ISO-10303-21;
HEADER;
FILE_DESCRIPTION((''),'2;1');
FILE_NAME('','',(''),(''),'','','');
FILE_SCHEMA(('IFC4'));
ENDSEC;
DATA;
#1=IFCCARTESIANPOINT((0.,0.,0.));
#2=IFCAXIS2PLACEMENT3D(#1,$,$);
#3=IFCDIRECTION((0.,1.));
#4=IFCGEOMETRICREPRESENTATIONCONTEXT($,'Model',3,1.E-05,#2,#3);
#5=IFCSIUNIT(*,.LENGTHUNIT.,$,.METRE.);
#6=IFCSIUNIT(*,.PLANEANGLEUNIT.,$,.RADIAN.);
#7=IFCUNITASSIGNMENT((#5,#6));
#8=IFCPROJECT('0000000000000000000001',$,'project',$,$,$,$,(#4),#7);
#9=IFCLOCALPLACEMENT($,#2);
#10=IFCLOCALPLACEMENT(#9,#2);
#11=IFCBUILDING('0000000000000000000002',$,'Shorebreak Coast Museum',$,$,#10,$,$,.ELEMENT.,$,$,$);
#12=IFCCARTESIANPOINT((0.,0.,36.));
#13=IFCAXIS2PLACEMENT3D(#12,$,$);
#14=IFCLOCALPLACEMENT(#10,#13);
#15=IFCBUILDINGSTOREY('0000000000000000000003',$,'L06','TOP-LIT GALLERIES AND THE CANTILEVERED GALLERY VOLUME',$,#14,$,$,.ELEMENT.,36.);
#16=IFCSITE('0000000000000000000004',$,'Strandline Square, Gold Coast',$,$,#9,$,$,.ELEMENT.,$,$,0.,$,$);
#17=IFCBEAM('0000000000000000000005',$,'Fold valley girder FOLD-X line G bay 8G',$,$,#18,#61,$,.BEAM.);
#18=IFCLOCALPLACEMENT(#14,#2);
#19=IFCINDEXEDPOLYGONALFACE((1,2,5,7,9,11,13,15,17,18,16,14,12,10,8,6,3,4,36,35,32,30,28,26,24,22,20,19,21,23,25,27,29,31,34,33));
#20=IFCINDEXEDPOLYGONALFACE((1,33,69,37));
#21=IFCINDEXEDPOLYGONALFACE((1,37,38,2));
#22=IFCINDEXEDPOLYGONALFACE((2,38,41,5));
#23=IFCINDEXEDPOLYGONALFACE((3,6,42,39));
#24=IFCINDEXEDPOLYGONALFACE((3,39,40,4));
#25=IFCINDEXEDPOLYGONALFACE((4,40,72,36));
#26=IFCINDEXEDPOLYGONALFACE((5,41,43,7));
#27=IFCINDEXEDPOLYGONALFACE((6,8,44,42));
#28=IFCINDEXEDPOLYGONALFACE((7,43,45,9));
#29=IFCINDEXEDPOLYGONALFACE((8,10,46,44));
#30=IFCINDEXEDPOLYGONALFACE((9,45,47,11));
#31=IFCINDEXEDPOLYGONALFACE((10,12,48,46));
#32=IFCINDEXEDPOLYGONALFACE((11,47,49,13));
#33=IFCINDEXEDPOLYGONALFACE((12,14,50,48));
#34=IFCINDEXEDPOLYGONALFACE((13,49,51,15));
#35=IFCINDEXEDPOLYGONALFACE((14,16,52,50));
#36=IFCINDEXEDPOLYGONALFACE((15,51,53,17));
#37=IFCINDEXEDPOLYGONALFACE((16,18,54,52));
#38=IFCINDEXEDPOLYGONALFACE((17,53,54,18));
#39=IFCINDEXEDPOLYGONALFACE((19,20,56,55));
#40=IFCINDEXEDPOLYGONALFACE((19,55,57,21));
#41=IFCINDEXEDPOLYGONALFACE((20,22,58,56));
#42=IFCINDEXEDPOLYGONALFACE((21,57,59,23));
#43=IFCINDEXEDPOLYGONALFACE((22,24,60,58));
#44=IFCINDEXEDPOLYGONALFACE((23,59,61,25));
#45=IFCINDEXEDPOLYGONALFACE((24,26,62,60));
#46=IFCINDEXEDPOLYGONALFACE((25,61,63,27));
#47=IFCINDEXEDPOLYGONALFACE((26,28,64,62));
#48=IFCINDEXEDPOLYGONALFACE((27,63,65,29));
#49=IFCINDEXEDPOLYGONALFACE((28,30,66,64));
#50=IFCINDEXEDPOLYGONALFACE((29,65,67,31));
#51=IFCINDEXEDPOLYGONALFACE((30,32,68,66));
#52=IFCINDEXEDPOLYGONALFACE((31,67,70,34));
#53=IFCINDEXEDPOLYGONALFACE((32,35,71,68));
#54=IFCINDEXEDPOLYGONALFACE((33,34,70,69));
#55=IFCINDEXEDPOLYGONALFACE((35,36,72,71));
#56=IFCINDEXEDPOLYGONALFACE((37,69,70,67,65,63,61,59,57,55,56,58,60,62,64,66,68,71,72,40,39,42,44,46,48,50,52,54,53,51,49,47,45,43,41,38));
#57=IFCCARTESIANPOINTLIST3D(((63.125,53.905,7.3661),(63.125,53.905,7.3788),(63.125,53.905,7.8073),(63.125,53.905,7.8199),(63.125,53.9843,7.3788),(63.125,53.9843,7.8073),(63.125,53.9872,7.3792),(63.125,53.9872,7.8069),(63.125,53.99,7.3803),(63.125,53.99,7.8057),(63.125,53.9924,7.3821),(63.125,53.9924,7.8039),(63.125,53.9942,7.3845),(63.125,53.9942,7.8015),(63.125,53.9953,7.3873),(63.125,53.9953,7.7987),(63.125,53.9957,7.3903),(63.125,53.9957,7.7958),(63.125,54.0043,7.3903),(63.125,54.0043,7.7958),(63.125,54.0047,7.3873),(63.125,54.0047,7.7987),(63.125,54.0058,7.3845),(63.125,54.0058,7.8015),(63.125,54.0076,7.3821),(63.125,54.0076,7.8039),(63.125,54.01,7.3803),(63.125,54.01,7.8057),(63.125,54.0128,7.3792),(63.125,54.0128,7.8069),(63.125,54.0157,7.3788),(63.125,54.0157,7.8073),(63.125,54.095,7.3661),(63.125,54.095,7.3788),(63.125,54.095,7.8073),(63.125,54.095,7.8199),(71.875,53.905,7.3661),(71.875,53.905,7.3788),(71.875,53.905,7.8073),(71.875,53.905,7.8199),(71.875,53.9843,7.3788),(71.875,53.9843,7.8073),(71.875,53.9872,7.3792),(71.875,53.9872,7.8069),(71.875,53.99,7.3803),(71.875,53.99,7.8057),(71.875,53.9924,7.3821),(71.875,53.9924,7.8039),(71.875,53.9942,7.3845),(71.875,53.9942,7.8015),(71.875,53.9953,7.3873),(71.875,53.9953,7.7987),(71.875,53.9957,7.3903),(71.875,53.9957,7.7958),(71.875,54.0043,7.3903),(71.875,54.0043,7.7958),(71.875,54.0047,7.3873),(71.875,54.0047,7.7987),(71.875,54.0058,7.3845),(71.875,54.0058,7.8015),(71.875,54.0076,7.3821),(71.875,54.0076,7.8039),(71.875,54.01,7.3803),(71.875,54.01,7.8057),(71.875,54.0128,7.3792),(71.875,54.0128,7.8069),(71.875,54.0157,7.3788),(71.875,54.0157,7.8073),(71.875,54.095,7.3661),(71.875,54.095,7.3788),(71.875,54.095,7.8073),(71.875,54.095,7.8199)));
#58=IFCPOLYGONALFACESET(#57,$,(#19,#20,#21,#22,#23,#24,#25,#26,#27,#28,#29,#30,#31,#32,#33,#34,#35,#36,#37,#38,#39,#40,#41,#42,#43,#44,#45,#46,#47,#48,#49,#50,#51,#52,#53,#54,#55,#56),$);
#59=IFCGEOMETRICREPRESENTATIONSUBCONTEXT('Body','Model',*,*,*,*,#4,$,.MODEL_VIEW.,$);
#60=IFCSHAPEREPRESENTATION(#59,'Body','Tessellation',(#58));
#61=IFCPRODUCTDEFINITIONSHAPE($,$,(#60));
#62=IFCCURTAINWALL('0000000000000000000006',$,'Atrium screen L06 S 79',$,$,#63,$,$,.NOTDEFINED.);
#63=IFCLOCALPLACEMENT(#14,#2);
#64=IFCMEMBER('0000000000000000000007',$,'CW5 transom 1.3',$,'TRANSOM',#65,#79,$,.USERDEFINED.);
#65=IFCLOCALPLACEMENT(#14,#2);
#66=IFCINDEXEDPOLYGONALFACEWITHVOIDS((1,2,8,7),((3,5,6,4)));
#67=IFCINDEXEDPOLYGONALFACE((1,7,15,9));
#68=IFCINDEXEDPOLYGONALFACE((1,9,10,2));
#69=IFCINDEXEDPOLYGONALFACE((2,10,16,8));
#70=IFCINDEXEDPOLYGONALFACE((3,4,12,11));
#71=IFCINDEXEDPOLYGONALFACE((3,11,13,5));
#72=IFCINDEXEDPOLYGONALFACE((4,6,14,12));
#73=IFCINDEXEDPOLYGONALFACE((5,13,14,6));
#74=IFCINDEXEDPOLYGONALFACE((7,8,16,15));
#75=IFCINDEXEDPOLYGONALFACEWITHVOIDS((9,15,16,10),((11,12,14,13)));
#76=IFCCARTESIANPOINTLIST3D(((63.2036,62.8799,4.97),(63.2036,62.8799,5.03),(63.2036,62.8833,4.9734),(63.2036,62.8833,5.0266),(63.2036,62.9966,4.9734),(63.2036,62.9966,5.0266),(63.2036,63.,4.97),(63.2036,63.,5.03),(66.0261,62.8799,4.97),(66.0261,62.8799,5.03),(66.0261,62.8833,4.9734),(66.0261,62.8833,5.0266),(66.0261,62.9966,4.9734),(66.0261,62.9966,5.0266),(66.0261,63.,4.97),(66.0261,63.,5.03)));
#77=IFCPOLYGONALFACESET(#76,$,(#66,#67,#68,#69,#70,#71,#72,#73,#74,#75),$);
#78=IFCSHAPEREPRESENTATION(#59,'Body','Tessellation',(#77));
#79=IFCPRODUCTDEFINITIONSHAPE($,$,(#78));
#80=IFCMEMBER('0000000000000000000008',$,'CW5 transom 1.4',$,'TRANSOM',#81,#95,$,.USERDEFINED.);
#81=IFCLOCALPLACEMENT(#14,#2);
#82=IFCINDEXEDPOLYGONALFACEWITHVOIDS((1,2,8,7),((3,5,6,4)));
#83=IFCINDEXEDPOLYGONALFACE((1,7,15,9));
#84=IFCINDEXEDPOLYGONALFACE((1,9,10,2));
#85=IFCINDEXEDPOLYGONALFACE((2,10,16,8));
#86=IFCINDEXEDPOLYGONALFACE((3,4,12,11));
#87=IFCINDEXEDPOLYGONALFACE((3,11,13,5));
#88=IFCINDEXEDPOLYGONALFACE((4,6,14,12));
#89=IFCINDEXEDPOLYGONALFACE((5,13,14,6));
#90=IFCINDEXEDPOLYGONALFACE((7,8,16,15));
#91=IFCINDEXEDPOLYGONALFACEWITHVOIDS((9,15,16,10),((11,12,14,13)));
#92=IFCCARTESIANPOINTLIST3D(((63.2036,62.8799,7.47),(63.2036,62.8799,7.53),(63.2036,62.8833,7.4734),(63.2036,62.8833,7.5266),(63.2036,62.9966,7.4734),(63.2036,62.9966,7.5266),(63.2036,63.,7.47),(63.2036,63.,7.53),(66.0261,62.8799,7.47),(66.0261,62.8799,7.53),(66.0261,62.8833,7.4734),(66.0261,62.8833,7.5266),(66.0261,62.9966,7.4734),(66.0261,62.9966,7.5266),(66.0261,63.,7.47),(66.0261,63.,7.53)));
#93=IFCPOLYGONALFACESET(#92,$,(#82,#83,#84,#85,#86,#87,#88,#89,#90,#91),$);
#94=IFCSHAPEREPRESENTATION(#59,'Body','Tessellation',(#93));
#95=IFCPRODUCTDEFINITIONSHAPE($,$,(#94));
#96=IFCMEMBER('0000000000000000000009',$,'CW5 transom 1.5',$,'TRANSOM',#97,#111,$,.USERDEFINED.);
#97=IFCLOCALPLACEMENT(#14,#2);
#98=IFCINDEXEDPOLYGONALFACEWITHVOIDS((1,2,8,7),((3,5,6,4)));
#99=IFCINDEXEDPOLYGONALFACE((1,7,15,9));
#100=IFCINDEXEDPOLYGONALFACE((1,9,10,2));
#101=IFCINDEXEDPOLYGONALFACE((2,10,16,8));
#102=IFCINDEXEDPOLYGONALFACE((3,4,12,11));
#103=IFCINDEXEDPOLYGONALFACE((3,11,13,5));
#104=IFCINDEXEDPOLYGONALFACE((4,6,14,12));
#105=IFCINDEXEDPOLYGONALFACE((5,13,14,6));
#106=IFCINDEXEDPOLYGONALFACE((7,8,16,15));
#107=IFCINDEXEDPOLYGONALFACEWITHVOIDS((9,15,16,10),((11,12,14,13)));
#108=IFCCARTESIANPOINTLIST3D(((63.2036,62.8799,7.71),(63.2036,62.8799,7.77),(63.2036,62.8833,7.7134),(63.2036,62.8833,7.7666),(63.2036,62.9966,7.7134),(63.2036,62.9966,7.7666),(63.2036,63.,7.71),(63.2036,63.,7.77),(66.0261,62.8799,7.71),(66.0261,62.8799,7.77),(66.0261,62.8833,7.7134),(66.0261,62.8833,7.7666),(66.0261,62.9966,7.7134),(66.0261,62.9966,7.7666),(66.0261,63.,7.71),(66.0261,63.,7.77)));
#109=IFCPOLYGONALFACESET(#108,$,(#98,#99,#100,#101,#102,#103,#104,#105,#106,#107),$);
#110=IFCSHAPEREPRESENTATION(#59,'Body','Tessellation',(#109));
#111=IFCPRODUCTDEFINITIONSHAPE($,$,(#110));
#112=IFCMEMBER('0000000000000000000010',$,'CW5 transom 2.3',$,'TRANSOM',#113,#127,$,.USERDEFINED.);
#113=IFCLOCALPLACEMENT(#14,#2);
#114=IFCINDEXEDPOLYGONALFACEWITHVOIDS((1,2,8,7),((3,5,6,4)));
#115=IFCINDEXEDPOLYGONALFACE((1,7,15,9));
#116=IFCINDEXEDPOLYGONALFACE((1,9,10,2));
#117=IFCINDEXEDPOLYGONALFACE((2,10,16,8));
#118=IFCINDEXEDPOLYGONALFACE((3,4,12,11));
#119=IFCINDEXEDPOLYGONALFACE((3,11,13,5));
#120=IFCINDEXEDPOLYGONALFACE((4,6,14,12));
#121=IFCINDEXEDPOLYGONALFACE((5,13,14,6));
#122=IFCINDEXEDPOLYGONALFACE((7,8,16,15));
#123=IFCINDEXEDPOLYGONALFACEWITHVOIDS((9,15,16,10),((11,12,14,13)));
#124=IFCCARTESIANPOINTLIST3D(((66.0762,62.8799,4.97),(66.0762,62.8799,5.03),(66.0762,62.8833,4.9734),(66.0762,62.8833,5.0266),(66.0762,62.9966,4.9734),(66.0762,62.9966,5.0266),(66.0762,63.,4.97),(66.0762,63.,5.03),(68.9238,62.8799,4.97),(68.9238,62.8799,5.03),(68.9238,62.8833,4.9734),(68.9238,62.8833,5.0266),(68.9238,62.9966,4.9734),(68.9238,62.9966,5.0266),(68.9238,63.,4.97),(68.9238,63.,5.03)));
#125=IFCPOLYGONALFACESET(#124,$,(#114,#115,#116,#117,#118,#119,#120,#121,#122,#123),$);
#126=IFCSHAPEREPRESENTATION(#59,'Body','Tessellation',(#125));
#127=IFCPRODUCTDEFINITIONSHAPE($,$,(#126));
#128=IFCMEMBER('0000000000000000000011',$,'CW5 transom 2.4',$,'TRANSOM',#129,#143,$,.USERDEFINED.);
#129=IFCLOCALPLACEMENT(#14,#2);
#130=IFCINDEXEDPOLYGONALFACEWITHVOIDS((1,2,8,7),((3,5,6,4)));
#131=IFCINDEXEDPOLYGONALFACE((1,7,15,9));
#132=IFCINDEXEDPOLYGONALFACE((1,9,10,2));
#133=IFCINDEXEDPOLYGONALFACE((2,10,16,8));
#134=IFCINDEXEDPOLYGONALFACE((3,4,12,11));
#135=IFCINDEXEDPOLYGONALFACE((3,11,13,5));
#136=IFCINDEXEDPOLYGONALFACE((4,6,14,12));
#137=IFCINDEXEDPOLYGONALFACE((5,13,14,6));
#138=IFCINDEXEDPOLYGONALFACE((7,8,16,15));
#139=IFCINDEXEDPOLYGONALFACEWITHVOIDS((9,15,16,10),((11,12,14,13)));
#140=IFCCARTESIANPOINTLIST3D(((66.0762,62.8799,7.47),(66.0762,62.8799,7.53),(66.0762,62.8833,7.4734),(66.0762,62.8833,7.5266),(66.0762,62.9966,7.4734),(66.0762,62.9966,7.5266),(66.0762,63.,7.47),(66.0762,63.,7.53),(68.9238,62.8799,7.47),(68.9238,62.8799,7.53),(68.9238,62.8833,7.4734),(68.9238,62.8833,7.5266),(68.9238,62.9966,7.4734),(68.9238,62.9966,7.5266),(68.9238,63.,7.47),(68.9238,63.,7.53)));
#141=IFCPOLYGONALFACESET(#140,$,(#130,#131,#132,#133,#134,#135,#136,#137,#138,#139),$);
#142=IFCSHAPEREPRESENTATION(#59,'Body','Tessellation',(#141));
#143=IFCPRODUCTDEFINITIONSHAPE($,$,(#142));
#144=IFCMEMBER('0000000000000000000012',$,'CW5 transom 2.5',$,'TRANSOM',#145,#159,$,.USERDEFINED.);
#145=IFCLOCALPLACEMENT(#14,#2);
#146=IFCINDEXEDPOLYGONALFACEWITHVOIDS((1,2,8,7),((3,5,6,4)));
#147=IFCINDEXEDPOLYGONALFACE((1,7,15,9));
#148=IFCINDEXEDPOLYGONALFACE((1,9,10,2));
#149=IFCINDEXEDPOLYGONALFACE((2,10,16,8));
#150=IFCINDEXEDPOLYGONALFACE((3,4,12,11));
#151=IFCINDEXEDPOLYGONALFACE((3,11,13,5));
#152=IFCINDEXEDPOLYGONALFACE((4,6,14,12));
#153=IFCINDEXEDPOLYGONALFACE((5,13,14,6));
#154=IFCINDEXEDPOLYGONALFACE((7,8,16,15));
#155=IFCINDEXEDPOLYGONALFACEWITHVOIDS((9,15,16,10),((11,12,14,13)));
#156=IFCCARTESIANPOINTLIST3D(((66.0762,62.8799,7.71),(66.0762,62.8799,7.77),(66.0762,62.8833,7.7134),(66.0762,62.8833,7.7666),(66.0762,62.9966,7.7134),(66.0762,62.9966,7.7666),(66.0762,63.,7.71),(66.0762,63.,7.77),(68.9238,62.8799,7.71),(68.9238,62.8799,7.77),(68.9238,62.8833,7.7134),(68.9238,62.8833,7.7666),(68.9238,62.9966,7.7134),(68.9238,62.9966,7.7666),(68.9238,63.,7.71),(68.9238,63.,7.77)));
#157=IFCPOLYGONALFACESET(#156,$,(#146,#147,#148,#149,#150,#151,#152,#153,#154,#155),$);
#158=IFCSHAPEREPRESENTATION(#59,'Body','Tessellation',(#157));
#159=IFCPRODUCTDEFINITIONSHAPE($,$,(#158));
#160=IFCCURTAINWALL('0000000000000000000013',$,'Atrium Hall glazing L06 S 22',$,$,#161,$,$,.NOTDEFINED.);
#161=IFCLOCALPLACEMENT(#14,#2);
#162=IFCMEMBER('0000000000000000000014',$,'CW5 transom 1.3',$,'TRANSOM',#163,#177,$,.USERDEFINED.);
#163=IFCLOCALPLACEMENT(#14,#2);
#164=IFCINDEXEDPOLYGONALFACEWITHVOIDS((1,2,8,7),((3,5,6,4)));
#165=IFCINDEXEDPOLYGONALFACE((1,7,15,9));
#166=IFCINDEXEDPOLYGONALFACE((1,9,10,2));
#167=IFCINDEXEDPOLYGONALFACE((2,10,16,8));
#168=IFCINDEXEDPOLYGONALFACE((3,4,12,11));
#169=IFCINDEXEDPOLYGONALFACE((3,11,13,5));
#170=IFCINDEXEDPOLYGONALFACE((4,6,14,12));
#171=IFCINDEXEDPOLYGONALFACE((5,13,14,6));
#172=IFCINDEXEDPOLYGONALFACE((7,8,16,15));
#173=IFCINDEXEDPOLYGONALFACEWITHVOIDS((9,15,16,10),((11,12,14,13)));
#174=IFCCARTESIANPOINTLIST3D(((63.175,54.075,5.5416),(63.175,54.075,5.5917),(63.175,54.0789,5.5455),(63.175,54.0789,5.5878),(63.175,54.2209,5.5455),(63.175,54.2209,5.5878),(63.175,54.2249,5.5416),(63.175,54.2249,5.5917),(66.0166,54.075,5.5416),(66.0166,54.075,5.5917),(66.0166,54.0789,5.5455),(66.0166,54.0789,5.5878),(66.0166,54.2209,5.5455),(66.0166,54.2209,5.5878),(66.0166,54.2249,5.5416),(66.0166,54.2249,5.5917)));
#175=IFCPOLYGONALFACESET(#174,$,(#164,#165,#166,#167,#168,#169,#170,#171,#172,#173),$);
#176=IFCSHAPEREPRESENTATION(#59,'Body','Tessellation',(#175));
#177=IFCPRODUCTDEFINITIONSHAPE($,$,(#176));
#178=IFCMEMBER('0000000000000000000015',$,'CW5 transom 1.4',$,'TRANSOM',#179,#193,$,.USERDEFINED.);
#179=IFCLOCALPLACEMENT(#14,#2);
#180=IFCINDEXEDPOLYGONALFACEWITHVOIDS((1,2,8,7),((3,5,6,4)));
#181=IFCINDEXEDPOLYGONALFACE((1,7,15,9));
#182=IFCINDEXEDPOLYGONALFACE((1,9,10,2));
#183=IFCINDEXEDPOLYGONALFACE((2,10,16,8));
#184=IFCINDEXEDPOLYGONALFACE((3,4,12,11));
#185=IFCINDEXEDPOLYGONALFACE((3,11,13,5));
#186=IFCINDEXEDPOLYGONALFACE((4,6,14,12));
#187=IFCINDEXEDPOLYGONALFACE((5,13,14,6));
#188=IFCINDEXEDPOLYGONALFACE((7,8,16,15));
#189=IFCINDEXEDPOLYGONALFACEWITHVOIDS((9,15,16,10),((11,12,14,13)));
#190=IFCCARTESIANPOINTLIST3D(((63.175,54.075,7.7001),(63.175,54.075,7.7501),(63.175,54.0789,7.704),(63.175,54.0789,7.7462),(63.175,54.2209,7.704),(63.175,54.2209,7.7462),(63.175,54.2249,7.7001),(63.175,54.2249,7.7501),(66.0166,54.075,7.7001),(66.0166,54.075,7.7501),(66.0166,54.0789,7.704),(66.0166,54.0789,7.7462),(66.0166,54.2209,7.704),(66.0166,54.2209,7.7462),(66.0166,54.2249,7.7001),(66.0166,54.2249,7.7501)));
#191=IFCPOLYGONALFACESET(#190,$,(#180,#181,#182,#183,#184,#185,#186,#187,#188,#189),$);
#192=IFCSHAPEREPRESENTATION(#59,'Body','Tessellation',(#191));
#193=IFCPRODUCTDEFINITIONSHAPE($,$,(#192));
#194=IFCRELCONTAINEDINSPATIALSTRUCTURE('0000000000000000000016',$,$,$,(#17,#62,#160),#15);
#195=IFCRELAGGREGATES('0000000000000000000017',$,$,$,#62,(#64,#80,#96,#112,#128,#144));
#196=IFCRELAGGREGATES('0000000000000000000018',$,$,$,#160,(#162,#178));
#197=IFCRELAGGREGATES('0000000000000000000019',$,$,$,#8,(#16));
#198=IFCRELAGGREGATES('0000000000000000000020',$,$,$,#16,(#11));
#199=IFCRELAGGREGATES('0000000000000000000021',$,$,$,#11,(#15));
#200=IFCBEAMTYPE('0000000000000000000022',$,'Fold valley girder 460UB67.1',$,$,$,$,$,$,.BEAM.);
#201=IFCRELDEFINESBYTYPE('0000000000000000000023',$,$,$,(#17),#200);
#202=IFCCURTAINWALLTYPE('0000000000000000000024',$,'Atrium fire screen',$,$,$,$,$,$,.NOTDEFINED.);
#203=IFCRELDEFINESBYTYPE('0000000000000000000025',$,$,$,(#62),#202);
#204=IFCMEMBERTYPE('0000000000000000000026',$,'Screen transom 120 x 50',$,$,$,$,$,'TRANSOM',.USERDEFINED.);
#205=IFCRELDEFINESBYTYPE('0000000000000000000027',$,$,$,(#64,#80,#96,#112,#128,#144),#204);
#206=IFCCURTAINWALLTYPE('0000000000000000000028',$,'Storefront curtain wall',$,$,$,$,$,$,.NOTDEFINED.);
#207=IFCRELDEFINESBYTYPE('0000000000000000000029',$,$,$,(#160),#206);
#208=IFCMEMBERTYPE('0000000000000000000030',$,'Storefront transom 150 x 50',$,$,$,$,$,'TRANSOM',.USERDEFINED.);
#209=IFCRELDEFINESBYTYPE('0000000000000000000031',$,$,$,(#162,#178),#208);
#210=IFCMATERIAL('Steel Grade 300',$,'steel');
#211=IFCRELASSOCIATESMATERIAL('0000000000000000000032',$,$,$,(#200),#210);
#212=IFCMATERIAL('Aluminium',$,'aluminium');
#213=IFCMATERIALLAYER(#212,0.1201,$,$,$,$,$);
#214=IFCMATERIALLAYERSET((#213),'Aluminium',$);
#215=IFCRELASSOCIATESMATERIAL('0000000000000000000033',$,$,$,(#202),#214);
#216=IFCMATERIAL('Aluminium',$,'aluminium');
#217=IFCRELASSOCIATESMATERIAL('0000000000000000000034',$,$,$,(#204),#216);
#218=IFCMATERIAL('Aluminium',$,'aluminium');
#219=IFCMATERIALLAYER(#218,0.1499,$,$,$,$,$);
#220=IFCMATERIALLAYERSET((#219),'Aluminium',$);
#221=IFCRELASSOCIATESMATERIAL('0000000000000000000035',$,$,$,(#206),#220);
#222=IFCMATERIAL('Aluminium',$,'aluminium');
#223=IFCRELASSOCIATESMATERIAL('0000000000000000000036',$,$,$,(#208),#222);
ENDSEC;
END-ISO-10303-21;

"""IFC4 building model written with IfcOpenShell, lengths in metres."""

from ifc_helpers import new_model, si_unit, direction, frame, origin, origin_2d, place, context, subcontext, project, spatial, hollow_rectangle, i_section, extrude, material, layer, layer_set, material_profile, profile_set, type_object, element, aggregate, save


model = new_model("IFC4")

# Units and contexts
model_context = context("Model", 3, precision=1e-05, world=origin(), true_north=direction((0.0, 1.0)))
body_context = subcontext(model_context, "Body", "Model", "MODEL_VIEW")
ifc_project = project(units=[si_unit("LENGTHUNIT", "METRE"), si_unit("PLANEANGLEUNIT", "RADIAN")], contexts=[model_context])

# Site, building, storey
site_placement = place(None, origin())
site = spatial("IfcSite", under=ifc_project, at=site_placement, Name="Strandline Square, Gold Coast", CompositionType="ELEMENT", RefElevation=0.0)
building_placement = place(site_placement, origin())
building = spatial("IfcBuilding", under=site, at=building_placement, Name="Shorebreak Coast Museum", CompositionType="ELEMENT")
storey_placement = place(building_placement, frame((0.0, 0.0, 36.0)))
storey = spatial("IfcBuildingStorey", under=building, at=storey_placement, Name="L06", Description="TOP-LIT GALLERIES AND THE CANTILEVERED GALLERY VOLUME", CompositionType="ELEMENT", Elevation=36.0)

# Beam
ifc_material_1 = material(Name="Steel Grade 300", Category="steel")
ifc_material_profile_1 = material_profile(ifc_material_1, i_section(OverallWidth=0.1899, OverallDepth=0.4539, WebThickness=0.0085, FlangeThickness=0.0127, FilletRadius=0.0115, at=origin_2d()), Name="460UB67.1")
ifc_profile_set_1 = profile_set([ifc_material_profile_1], Name="Steel Grade 300")
beam_type_1 = type_object("IfcBeamType", Name="Fold valley girder 460UB67.1", PredefinedType="BEAM", material=ifc_profile_set_1)
beam_1_placement = place(storey_placement, frame((63.125, 54.0, 7.593), z_axis=(1.0, 0.0, 0.0), x_axis=(0.0, 1.0, 0.0)))
element("IfcBeam", 1, at=beam_1_placement, inside=storey, type_object=beam_type_1, Name="Fold valley girder FOLD-X line G bay 8G", PredefinedType="BEAM", context=body_context, shape_type="SweptSolid", body=[
    extrude(i_section(OverallWidth=0.1899, OverallDepth=0.4539, WebThickness=0.0085, FlangeThickness=0.0127, FilletRadius=0.0115, at=origin_2d()), origin(), (0.0, 0.0, 1.0), 8.75),
])

# Curtain walls, members
ifc_material_2 = material(Name="Aluminium", Category="aluminium")
ifc_layer_1 = layer(ifc_material_2, 0.1201)
ifc_layer_set_1 = layer_set([ifc_layer_1], Name="Aluminium")
curtain_wall_type_1 = type_object("IfcCurtainWallType", Name="Atrium fire screen", PredefinedType="NOTDEFINED", material=ifc_layer_set_1)
curtain_wall_1_placement = place(storey_placement, origin())
curtain_wall_1 = element("IfcCurtainWall", 2, at=curtain_wall_1_placement, inside=storey, type_object=curtain_wall_type_1, Name="Atrium screen L06 S 79", PredefinedType="NOTDEFINED")
ifc_material_3 = material(Name="Aluminium", Category="aluminium")
ifc_material_profile_2 = material_profile(ifc_material_3, hollow_rectangle(XDim=0.1201, YDim=0.0601, WallThickness=0.0034, at=origin_2d()), Name="AL 60x120 RHS")
ifc_profile_set_2 = profile_set([ifc_material_profile_2], Name="Aluminium")
member_type_1 = type_object("IfcMemberType", Name="Screen transom 120 x 50", ElementType="TRANSOM", PredefinedType="USERDEFINED", material=ifc_profile_set_2)
member_1_placement = place(storey_placement, frame((63.2036, 62.9399, 5.0), z_axis=(1.0, 0.0, 0.0), x_axis=(0.0, 1.0, 0.0)))
member_1 = element("IfcMember", 3, at=member_1_placement, type_object=member_type_1, Name="CW5 transom 1.3", ObjectType="TRANSOM", PredefinedType="USERDEFINED", context=body_context, shape_type="SweptSolid", body=[
    extrude(hollow_rectangle(XDim=0.1201, YDim=0.0601, WallThickness=0.0034, at=origin_2d()), origin(), (0.0, 0.0, 1.0), 2.8225),
])
member_2_placement = place(storey_placement, frame((63.2036, 62.9399, 7.5), z_axis=(1.0, 0.0, 0.0), x_axis=(0.0, 1.0, 0.0)))
member_2 = element("IfcMember", 4, at=member_2_placement, type_object=member_type_1, Name="CW5 transom 1.4", ObjectType="TRANSOM", PredefinedType="USERDEFINED", context=body_context, shape_type="SweptSolid", body=[
    extrude(hollow_rectangle(XDim=0.1201, YDim=0.0601, WallThickness=0.0034, at=origin_2d()), origin(), (0.0, 0.0, 1.0), 2.8225),
])
member_3_placement = place(storey_placement, frame((63.2036, 62.9399, 7.74), z_axis=(1.0, 0.0, 0.0), x_axis=(0.0, 1.0, 0.0)))
member_3 = element("IfcMember", 5, at=member_3_placement, type_object=member_type_1, Name="CW5 transom 1.5", ObjectType="TRANSOM", PredefinedType="USERDEFINED", context=body_context, shape_type="SweptSolid", body=[
    extrude(hollow_rectangle(XDim=0.1201, YDim=0.0601, WallThickness=0.0034, at=origin_2d()), origin(), (0.0, 0.0, 1.0), 2.8225),
])
member_4_placement = place(storey_placement, frame((66.0762, 62.9399, 5.0), z_axis=(1.0, 0.0, 0.0), x_axis=(0.0, 1.0, 0.0)))
member_4 = element("IfcMember", 6, at=member_4_placement, type_object=member_type_1, Name="CW5 transom 2.3", ObjectType="TRANSOM", PredefinedType="USERDEFINED", context=body_context, shape_type="SweptSolid", body=[
    extrude(hollow_rectangle(XDim=0.1201, YDim=0.0601, WallThickness=0.0034, at=origin_2d()), origin(), (0.0, 0.0, 1.0), 2.8477),
])
member_5_placement = place(storey_placement, frame((66.0762, 62.9399, 7.5), z_axis=(1.0, 0.0, 0.0), x_axis=(0.0, 1.0, 0.0)))
member_5 = element("IfcMember", 7, at=member_5_placement, type_object=member_type_1, Name="CW5 transom 2.4", ObjectType="TRANSOM", PredefinedType="USERDEFINED", context=body_context, shape_type="SweptSolid", body=[
    extrude(hollow_rectangle(XDim=0.1201, YDim=0.0601, WallThickness=0.0034, at=origin_2d()), origin(), (0.0, 0.0, 1.0), 2.8477),
])
member_6_placement = place(storey_placement, frame((66.0762, 62.9399, 7.74), z_axis=(1.0, 0.0, 0.0), x_axis=(0.0, 1.0, 0.0)))
member_6 = element("IfcMember", 8, at=member_6_placement, type_object=member_type_1, Name="CW5 transom 2.5", ObjectType="TRANSOM", PredefinedType="USERDEFINED", context=body_context, shape_type="SweptSolid", body=[
    extrude(hollow_rectangle(XDim=0.1201, YDim=0.0601, WallThickness=0.0034, at=origin_2d()), origin(), (0.0, 0.0, 1.0), 2.8477),
])
ifc_material_4 = material(Name="Aluminium", Category="aluminium")
ifc_layer_2 = layer(ifc_material_4, 0.1499)
ifc_layer_set_2 = layer_set([ifc_layer_2], Name="Aluminium")
curtain_wall_type_2 = type_object("IfcCurtainWallType", Name="Storefront curtain wall", PredefinedType="NOTDEFINED", material=ifc_layer_set_2)
curtain_wall_2_placement = place(storey_placement, origin())
curtain_wall_2 = element("IfcCurtainWall", 9, at=curtain_wall_2_placement, inside=storey, type_object=curtain_wall_type_2, Name="Atrium Hall glazing L06 S 22", PredefinedType="NOTDEFINED")
ifc_material_5 = material(Name="Aluminium", Category="aluminium")
ifc_material_profile_3 = material_profile(ifc_material_5, hollow_rectangle(XDim=0.1499, YDim=0.05, WallThickness=0.0039, at=origin_2d()), Name="AL 50x150 RHS")
ifc_profile_set_3 = profile_set([ifc_material_profile_3], Name="Aluminium")
member_type_2 = type_object("IfcMemberType", Name="Storefront transom 150 x 50", ElementType="TRANSOM", PredefinedType="USERDEFINED", material=ifc_profile_set_3)
member_7_placement = place(storey_placement, frame((63.175, 54.1499, 5.5667), z_axis=(1.0, 0.0, 0.0), x_axis=(0.0, 1.0, 0.0)))
member_7 = element("IfcMember", 10, at=member_7_placement, type_object=member_type_2, Name="CW5 transom 1.3", ObjectType="TRANSOM", PredefinedType="USERDEFINED", context=body_context, shape_type="SweptSolid", body=[
    extrude(hollow_rectangle(XDim=0.1499, YDim=0.05, WallThickness=0.0039, at=origin_2d()), origin(), (0.0, 0.0, 1.0), 2.8416),
])
member_8_placement = place(storey_placement, frame((63.175, 54.1499, 7.7251), z_axis=(1.0, 0.0, 0.0), x_axis=(0.0, 1.0, 0.0)))
member_8 = element("IfcMember", 11, at=member_8_placement, type_object=member_type_2, Name="CW5 transom 1.4", ObjectType="TRANSOM", PredefinedType="USERDEFINED", context=body_context, shape_type="SweptSolid", body=[
    extrude(hollow_rectangle(XDim=0.1499, YDim=0.05, WallThickness=0.0039, at=origin_2d()), origin(), (0.0, 0.0, 1.0), 2.8416),
])

aggregate(curtain_wall_1, [member_1, member_2, member_3, member_4, member_5, member_6])

aggregate(curtain_wall_2, [member_7, member_8])

save(model, "model.ifc")
